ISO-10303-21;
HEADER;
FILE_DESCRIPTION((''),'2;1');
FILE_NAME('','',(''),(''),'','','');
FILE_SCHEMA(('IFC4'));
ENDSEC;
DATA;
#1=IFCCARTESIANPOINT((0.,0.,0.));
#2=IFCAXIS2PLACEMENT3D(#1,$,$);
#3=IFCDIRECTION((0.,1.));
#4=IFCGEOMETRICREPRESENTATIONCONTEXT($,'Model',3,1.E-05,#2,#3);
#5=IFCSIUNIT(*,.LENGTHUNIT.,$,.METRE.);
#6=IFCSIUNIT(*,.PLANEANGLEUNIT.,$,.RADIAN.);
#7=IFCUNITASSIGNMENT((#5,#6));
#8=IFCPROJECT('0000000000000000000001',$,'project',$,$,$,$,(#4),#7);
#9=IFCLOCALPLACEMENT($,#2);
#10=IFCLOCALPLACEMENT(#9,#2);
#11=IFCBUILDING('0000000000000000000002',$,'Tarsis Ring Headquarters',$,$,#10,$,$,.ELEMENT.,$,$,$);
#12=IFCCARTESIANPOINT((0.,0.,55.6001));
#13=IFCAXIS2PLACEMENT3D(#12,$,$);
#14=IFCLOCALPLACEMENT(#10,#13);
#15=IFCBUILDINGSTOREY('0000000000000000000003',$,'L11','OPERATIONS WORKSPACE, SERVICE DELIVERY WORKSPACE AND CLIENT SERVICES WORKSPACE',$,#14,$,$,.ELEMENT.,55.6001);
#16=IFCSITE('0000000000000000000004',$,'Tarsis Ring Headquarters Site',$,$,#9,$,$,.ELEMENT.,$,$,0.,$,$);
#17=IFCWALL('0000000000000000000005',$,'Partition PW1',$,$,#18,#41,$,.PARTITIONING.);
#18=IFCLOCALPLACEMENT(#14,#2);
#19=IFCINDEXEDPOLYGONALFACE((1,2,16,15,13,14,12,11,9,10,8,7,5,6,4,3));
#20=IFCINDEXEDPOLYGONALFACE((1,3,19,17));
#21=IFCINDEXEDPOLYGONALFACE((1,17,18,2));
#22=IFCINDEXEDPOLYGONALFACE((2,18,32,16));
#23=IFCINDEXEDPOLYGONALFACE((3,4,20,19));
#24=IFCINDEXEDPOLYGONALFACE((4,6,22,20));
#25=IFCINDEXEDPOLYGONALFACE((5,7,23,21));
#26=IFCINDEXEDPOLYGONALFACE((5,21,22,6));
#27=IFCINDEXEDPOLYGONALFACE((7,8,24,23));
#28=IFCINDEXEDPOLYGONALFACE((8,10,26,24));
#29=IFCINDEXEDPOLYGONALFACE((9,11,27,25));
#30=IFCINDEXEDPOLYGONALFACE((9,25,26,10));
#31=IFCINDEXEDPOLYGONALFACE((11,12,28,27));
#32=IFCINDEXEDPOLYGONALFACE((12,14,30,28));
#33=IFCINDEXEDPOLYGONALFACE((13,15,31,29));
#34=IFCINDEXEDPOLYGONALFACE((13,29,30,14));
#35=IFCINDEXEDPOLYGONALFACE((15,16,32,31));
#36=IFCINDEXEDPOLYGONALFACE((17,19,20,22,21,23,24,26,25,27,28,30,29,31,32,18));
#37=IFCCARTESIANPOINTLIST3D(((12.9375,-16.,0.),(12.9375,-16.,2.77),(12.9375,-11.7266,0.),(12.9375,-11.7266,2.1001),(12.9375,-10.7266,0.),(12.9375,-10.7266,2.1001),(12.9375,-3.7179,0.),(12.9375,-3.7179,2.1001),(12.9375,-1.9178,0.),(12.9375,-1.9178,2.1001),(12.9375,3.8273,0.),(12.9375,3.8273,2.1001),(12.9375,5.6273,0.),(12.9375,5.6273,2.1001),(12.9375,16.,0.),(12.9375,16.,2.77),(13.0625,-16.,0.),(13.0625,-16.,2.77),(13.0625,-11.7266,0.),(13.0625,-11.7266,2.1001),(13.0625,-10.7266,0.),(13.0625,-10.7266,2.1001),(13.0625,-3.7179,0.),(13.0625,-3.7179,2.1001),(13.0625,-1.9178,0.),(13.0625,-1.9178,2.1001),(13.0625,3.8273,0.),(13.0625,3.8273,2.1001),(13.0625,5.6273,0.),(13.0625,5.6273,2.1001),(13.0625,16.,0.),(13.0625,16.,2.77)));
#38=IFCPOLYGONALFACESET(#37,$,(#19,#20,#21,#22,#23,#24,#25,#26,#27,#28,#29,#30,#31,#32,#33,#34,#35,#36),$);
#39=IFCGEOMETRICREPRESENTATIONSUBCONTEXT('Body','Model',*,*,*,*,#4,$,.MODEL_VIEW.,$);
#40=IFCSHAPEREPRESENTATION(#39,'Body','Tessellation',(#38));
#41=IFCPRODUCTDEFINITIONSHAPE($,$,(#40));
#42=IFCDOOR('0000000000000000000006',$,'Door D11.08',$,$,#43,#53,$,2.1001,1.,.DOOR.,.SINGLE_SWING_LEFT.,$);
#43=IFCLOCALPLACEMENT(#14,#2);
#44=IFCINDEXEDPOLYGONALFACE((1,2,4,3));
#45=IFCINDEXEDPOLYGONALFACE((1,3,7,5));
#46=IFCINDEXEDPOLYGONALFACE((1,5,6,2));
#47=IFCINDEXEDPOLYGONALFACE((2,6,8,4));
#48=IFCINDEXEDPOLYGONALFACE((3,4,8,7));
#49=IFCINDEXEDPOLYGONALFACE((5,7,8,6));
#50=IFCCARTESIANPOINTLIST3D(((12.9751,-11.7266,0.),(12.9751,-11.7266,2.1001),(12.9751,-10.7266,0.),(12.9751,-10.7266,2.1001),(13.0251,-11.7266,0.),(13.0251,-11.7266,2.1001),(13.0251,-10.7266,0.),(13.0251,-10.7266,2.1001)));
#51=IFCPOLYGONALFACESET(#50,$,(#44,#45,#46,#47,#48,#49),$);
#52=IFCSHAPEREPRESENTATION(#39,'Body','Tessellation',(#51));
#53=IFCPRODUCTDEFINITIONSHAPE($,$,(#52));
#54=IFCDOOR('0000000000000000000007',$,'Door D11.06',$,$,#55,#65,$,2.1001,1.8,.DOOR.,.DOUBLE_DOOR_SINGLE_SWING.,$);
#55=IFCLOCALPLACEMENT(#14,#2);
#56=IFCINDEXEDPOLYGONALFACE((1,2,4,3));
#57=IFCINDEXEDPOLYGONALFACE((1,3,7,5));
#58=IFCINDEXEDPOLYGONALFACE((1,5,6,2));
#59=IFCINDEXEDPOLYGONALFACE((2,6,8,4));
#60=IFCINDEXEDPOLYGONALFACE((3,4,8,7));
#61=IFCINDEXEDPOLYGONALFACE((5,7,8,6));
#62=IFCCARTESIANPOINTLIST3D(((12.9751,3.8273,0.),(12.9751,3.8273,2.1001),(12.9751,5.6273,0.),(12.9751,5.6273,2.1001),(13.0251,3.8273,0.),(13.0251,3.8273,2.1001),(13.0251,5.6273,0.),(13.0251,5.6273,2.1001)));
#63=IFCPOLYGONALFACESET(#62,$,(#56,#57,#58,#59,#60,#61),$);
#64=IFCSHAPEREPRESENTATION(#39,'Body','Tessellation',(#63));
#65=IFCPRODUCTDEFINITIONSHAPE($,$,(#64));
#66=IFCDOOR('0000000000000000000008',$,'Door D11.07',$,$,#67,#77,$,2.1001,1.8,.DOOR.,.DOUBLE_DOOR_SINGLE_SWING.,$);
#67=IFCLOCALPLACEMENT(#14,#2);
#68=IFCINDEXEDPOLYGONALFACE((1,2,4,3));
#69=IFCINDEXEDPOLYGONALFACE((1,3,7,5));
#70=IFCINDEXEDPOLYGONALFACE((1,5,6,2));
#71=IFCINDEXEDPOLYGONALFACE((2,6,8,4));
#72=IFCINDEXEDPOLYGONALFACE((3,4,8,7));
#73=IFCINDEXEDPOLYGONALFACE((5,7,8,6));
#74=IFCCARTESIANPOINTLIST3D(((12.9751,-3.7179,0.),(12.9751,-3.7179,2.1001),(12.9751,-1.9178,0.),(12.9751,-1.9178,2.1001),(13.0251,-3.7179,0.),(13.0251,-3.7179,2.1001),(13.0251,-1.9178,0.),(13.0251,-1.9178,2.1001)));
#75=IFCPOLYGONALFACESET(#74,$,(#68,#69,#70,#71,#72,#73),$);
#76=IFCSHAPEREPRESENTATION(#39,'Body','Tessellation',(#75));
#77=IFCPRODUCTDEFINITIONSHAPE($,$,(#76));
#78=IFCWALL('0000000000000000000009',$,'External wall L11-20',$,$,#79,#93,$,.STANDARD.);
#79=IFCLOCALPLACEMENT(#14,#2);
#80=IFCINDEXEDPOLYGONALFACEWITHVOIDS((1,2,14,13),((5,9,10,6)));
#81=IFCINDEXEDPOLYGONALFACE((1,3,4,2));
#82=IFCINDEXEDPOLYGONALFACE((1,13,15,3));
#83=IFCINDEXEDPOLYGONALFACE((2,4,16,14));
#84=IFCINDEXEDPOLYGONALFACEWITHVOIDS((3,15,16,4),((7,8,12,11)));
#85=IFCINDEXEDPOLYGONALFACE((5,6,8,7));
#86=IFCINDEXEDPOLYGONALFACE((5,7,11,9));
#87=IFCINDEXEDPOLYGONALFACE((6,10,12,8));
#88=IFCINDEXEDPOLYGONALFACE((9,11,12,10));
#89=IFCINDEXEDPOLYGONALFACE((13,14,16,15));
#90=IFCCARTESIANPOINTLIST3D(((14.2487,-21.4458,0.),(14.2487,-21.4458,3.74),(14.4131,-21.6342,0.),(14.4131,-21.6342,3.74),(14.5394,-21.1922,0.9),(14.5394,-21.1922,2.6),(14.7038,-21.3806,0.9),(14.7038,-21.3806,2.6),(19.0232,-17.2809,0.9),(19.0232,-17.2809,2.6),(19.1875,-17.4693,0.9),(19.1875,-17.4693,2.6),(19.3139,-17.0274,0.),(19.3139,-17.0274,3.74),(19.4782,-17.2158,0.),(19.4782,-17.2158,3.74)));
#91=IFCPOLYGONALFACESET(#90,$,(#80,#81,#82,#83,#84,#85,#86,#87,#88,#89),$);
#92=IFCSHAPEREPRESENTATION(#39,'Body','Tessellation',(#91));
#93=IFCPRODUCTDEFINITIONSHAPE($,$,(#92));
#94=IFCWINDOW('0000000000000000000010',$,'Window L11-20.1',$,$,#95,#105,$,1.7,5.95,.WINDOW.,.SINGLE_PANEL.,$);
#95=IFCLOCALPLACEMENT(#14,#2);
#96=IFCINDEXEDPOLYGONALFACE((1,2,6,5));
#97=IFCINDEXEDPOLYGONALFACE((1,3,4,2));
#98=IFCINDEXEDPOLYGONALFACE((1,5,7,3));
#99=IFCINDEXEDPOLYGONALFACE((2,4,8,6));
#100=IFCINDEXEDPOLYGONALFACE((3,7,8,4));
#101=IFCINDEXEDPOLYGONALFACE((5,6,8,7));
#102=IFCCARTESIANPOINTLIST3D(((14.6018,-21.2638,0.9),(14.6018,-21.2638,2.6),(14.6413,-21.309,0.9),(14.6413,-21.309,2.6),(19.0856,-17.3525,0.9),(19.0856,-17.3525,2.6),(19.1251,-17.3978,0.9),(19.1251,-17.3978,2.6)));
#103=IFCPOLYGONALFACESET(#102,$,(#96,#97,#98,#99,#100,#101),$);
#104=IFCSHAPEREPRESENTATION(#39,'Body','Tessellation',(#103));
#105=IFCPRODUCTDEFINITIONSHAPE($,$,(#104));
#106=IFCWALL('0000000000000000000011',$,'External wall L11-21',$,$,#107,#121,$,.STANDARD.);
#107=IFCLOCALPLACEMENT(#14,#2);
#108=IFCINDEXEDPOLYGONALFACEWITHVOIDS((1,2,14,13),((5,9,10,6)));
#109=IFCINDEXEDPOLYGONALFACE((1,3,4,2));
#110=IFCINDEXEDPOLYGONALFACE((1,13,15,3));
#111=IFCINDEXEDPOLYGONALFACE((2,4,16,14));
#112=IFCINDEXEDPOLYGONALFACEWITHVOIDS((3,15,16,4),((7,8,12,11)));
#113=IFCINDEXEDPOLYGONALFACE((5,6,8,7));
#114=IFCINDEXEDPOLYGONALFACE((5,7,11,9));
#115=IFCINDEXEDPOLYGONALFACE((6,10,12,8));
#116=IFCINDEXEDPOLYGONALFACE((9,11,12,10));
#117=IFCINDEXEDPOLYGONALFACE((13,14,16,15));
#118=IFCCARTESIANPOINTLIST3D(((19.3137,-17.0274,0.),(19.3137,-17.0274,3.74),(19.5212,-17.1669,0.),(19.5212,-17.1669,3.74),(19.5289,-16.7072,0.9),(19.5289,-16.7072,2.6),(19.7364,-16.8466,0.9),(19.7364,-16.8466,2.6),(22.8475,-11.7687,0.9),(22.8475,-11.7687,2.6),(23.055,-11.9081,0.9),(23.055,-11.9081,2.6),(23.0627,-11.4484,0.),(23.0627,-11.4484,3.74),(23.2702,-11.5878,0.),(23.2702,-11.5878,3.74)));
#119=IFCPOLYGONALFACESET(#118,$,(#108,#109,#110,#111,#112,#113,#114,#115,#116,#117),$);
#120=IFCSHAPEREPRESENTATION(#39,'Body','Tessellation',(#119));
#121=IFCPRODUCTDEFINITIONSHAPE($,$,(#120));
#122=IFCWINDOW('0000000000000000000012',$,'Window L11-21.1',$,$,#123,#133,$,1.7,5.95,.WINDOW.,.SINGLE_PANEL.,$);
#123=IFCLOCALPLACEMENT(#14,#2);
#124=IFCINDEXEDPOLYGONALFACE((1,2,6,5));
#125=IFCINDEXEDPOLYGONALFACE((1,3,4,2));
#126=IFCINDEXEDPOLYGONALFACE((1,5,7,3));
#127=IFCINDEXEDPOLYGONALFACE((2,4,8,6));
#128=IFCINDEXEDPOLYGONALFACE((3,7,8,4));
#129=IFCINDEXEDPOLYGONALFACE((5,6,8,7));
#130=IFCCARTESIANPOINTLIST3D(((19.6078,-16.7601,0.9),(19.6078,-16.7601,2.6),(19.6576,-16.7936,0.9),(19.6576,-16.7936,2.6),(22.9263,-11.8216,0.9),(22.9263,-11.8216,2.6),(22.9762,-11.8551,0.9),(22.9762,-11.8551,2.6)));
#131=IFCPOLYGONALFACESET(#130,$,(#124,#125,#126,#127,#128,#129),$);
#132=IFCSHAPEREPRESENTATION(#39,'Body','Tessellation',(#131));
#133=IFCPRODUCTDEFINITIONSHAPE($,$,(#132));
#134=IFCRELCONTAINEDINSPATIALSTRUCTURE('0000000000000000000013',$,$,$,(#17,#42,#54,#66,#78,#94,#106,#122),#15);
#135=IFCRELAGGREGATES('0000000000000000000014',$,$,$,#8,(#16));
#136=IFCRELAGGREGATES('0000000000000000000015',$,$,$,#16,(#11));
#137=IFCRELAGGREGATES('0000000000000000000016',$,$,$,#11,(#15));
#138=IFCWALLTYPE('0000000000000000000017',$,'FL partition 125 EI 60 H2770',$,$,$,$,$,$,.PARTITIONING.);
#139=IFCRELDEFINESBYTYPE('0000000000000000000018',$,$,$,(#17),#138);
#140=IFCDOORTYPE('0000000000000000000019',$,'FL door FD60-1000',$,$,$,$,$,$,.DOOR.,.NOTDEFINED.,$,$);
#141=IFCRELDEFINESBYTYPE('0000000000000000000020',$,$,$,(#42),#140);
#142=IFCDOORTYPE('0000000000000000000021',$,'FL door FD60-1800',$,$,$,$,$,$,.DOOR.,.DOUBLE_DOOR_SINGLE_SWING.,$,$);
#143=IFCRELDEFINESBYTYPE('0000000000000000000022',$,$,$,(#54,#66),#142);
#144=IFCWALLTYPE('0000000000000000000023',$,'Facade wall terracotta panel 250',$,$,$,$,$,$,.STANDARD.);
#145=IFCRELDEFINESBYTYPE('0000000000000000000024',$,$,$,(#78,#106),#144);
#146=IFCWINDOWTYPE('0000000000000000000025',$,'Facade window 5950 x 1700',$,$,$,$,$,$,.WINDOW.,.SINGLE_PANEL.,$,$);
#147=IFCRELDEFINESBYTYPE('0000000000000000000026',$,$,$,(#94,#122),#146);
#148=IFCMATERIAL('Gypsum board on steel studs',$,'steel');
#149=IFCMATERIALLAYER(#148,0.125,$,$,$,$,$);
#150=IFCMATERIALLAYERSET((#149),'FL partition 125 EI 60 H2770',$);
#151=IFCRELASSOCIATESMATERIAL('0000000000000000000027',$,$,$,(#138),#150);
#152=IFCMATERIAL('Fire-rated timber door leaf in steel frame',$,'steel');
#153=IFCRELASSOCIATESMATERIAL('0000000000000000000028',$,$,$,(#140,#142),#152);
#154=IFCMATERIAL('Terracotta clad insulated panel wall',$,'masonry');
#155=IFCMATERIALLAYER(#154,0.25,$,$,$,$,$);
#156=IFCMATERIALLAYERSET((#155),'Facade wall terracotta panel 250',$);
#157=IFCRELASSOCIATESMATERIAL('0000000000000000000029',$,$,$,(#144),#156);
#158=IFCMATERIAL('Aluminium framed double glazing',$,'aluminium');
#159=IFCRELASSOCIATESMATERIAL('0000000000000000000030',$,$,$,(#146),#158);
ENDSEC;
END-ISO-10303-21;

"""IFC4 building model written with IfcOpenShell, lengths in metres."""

from ifc_helpers import new_model, si_unit, direction, frame, frame_2d, origin, place, context, subcontext, project, spatial, rectangle, extrude, material, layer, layer_set, type_object, element, fill, save


model = new_model("IFC4")

# Units and contexts
model_context = context("Model", 3, precision=1e-05, world=origin(), true_north=direction((0.0, 1.0)))
body_context = subcontext(model_context, "Body", "Model", "MODEL_VIEW")
ifc_project = project(units=[si_unit("LENGTHUNIT", "METRE"), si_unit("PLANEANGLEUNIT", "RADIAN")], contexts=[model_context])

# Site, building, storey
site_placement = place(None, origin())
site = spatial("IfcSite", under=ifc_project, at=site_placement, Name="Tarsis Ring Headquarters Site", CompositionType="ELEMENT", RefElevation=0.0)
building_placement = place(site_placement, origin())
building = spatial("IfcBuilding", under=site, at=building_placement, Name="Tarsis Ring Headquarters", CompositionType="ELEMENT")
storey_placement = place(building_placement, frame((0.0, 0.0, 55.6001)))
storey = spatial("IfcBuildingStorey", under=building, at=storey_placement, Name="L11", Description="OPERATIONS WORKSPACE, SERVICE DELIVERY WORKSPACE AND CLIENT SERVICES WORKSPACE", CompositionType="ELEMENT", Elevation=55.6001)

# Shared definitions
ifc_material_1 = material(Name="Gypsum board on steel studs", Category="steel")

# Wall, openings, doors
ifc_layer_1 = layer(ifc_material_1, 0.125)
ifc_layer_set_1 = layer_set([ifc_layer_1], Name="FL partition 125 EI 60 H2770")
wall_type_1 = type_object("IfcWallType", Name="FL partition 125 EI 60 H2770", PredefinedType="PARTITIONING", material=ifc_layer_set_1)
wall_1_placement = place(storey_placement, frame((13.0, -16.0, 0.0), z_axis=(0.0, 0.0, 1.0), x_axis=(0.0, 1.0, 0.0)))
wall_1 = element("IfcWall", 1, at=wall_1_placement, inside=storey, type_object=wall_type_1, Name="Partition PW1", PredefinedType="PARTITIONING", context=body_context, shape_type="SweptSolid", body=[
    extrude(rectangle(XDim=32.0, YDim=0.125, at=frame_2d((16.0, 0.0))), origin(), (0.0, 0.0, 1.0), 2.77),
])
opening_1_placement = place(wall_1_placement, frame((19.8274, 0.0, 0.0)))
opening_1 = element("IfcOpeningElement", 2, at=opening_1_placement, cuts=wall_1, PredefinedType="OPENING", context=body_context, shape_type="SweptSolid", body=[
    extrude(rectangle(XDim=1.8, YDim=2.1001, at=frame_2d((0.8999, 1.05))), frame((0.0, 0.0725, 0.0), z_axis=(0.0, -1.0, 0.0), x_axis=(1.0, 0.0, 0.0)), (0.0, 0.0, 1.0), 0.145),
])
opening_2_placement = place(wall_1_placement, frame((12.2822, 0.0, 0.0)))
opening_2 = element("IfcOpeningElement", 3, at=opening_2_placement, cuts=wall_1, PredefinedType="OPENING", context=body_context, shape_type="SweptSolid", body=[
    extrude(rectangle(XDim=1.8, YDim=2.1001, at=frame_2d((0.8999, 1.05))), frame((0.0, 0.0725, 0.0), z_axis=(0.0, -1.0, 0.0), x_axis=(1.0, 0.0, 0.0)), (0.0, 0.0, 1.0), 0.145),
])
opening_3_placement = place(wall_1_placement, frame((4.2734, 0.0, 0.0)))
opening_3 = element("IfcOpeningElement", 4, at=opening_3_placement, cuts=wall_1, PredefinedType="OPENING", context=body_context, shape_type="SweptSolid", body=[
    extrude(rectangle(XDim=1.0, YDim=2.1001, at=frame_2d((0.5, 1.05))), frame((0.0, 0.0725, 0.0), z_axis=(0.0, -1.0, 0.0), x_axis=(1.0, 0.0, 0.0)), (0.0, 0.0, 1.0), 0.145),
])
ifc_material_2 = material(Name="Fire-rated timber door leaf in steel frame", Category="steel")
door_type_1 = type_object("IfcDoorType", Name="FL door FD60-1000", OperationType="NOTDEFINED", PredefinedType="DOOR", material=ifc_material_2)
door_1_placement = place(opening_3_placement, origin())
door_1 = element("IfcDoor", 5, at=door_1_placement, inside=storey, type_object=door_type_1, Name="Door D11.08", OperationType="SINGLE_SWING_LEFT", OverallHeight=2.1001, OverallWidth=1.0, PredefinedType="DOOR", context=body_context, shape_type="SweptSolid", body=[
    extrude(rectangle(XDim=1.0, YDim=2.1001, at=frame_2d((0.5, 1.05))), frame((0.0, 0.0249, 0.0), z_axis=(0.0, -1.0, 0.0), x_axis=(1.0, 0.0, 0.0)), (0.0, 0.0, 1.0), 0.05),
])
fill(opening_3, door_1)
door_type_2 = type_object("IfcDoorType", Name="FL door FD60-1800", OperationType="DOUBLE_DOOR_SINGLE_SWING", PredefinedType="DOOR", material=ifc_material_2)
door_2_placement = place(opening_1_placement, origin())
door_2 = element("IfcDoor", 6, at=door_2_placement, inside=storey, type_object=door_type_2, Name="Door D11.06", OperationType="DOUBLE_DOOR_SINGLE_SWING", OverallHeight=2.1001, OverallWidth=1.8, PredefinedType="DOOR", context=body_context, shape_type="SweptSolid", body=[
    extrude(rectangle(XDim=1.8, YDim=2.1001, at=frame_2d((0.8999, 1.05))), frame((0.0, 0.0249, 0.0), z_axis=(0.0, -1.0, 0.0), x_axis=(1.0, 0.0, 0.0)), (0.0, 0.0, 1.0), 0.05),
])
fill(opening_1, door_2)
door_3_placement = place(opening_2_placement, origin())
door_3 = element("IfcDoor", 7, at=door_3_placement, inside=storey, type_object=door_type_2, Name="Door D11.07", OperationType="DOUBLE_DOOR_SINGLE_SWING", OverallHeight=2.1001, OverallWidth=1.8, PredefinedType="DOOR", context=body_context, shape_type="SweptSolid", body=[
    extrude(rectangle(XDim=1.8, YDim=2.1001, at=frame_2d((0.8999, 1.05))), frame((0.0, 0.0249, 0.0), z_axis=(0.0, -1.0, 0.0), x_axis=(1.0, 0.0, 0.0)), (0.0, 0.0, 1.0), 0.05),
])
fill(opening_2, door_3)

# Walls, openings, windows
ifc_material_3 = material(Name="Terracotta clad insulated panel wall", Category="masonry")
ifc_layer_2 = layer(ifc_material_3, 0.25)
ifc_layer_set_2 = layer_set([ifc_layer_2], Name="Facade wall terracotta panel 250")
wall_type_2 = type_object("IfcWallType", Name="Facade wall terracotta panel 250", PredefinedType="STANDARD", material=ifc_layer_set_2)
wall_2_placement = place(storey_placement, frame((14.3308, -21.54, 0.0), z_axis=(0.0, 0.0, 1.0), x_axis=(0.753577, 0.65736, 0.0)))
wall_2 = element("IfcWall", 8, at=wall_2_placement, inside=storey, type_object=wall_type_2, Name="External wall L11-20", PredefinedType="STANDARD", context=body_context, shape_type="SweptSolid", body=[
    extrude(rectangle(XDim=6.7214, YDim=0.25, at=frame_2d((3.3608, 0.0))), origin(), (0.0, 0.0, 1.0), 3.74),
])
opening_4_placement = place(wall_2_placement, frame((0.3857, 0.0, 0.8999)))
opening_4 = element("IfcOpeningElement", 9, at=opening_4_placement, cuts=wall_2, PredefinedType="OPENING", context=body_context, shape_type="SweptSolid", body=[
    extrude(rectangle(XDim=5.95, YDim=1.7, at=frame_2d((2.9751, 0.8501))), frame((0.0, 0.135, 0.0), z_axis=(0.0, -1.0, 0.0), x_axis=(1.0, 0.0, 0.0)), (0.0, 0.0, 1.0), 0.27),
])
ifc_material_4 = material(Name="Aluminium framed double glazing", Category="aluminium")
window_type = type_object("IfcWindowType", Name="Facade window 5950 x 1700", PartitioningType="SINGLE_PANEL", PredefinedType="WINDOW", material=ifc_material_4)
window_1_placement = place(opening_4_placement, origin())
window_1 = element("IfcWindow", 10, at=window_1_placement, inside=storey, type_object=window_type, Name="Window L11-20.1", OverallHeight=1.7, OverallWidth=5.95, PartitioningType="SINGLE_PANEL", PredefinedType="WINDOW", context=body_context, shape_type="SweptSolid", body=[
    extrude(rectangle(XDim=5.95, YDim=1.7, at=frame_2d((2.9751, 0.8501))), frame((0.0, 0.03, 0.0), z_axis=(0.0, -1.0, 0.0), x_axis=(1.0, 0.0, 0.0)), (0.0, 0.0, 1.0), 0.0601),
])
fill(opening_4, window_1)
wall_3_placement = place(storey_placement, frame((19.4175, -17.0972, 0.0), z_axis=(0.0, 0.0, 1.0), x_axis=(0.557747, 0.830011, 0.0)))
wall_3 = element("IfcWall", 11, at=wall_3_placement, inside=storey, type_object=wall_type_2, Name="External wall L11-21", PredefinedType="STANDARD", context=body_context, shape_type="SweptSolid", body=[
    extrude(rectangle(XDim=6.7217, YDim=0.25, at=frame_2d((3.3608, 0.0))), origin(), (0.0, 0.0, 1.0), 3.74),
])
opening_5_placement = place(wall_3_placement, frame((0.3857, 0.0, 0.8999)))
opening_5 = element("IfcOpeningElement", 12, at=opening_5_placement, cuts=wall_3, PredefinedType="OPENING", context=body_context, shape_type="SweptSolid", body=[
    extrude(rectangle(XDim=5.95, YDim=1.7, at=frame_2d((2.9751, 0.8501))), frame((0.0, 0.135, 0.0), z_axis=(0.0, -1.0, 0.0), x_axis=(1.0, 0.0, 0.0)), (0.0, 0.0, 1.0), 0.27),
])
window_2_placement = place(opening_5_placement, origin())
window_2 = element("IfcWindow", 13, at=window_2_placement, inside=storey, type_object=window_type, Name="Window L11-21.1", OverallHeight=1.7, OverallWidth=5.95, PartitioningType="SINGLE_PANEL", PredefinedType="WINDOW", context=body_context, shape_type="SweptSolid", body=[
    extrude(rectangle(XDim=5.95, YDim=1.7, at=frame_2d((2.9751, 0.8501))), frame((0.0, 0.03, 0.0), z_axis=(0.0, -1.0, 0.0), x_axis=(1.0, 0.0, 0.0)), (0.0, 0.0, 1.0), 0.0601),
])
fill(opening_5, window_2)

save(model, "model.ifc")
